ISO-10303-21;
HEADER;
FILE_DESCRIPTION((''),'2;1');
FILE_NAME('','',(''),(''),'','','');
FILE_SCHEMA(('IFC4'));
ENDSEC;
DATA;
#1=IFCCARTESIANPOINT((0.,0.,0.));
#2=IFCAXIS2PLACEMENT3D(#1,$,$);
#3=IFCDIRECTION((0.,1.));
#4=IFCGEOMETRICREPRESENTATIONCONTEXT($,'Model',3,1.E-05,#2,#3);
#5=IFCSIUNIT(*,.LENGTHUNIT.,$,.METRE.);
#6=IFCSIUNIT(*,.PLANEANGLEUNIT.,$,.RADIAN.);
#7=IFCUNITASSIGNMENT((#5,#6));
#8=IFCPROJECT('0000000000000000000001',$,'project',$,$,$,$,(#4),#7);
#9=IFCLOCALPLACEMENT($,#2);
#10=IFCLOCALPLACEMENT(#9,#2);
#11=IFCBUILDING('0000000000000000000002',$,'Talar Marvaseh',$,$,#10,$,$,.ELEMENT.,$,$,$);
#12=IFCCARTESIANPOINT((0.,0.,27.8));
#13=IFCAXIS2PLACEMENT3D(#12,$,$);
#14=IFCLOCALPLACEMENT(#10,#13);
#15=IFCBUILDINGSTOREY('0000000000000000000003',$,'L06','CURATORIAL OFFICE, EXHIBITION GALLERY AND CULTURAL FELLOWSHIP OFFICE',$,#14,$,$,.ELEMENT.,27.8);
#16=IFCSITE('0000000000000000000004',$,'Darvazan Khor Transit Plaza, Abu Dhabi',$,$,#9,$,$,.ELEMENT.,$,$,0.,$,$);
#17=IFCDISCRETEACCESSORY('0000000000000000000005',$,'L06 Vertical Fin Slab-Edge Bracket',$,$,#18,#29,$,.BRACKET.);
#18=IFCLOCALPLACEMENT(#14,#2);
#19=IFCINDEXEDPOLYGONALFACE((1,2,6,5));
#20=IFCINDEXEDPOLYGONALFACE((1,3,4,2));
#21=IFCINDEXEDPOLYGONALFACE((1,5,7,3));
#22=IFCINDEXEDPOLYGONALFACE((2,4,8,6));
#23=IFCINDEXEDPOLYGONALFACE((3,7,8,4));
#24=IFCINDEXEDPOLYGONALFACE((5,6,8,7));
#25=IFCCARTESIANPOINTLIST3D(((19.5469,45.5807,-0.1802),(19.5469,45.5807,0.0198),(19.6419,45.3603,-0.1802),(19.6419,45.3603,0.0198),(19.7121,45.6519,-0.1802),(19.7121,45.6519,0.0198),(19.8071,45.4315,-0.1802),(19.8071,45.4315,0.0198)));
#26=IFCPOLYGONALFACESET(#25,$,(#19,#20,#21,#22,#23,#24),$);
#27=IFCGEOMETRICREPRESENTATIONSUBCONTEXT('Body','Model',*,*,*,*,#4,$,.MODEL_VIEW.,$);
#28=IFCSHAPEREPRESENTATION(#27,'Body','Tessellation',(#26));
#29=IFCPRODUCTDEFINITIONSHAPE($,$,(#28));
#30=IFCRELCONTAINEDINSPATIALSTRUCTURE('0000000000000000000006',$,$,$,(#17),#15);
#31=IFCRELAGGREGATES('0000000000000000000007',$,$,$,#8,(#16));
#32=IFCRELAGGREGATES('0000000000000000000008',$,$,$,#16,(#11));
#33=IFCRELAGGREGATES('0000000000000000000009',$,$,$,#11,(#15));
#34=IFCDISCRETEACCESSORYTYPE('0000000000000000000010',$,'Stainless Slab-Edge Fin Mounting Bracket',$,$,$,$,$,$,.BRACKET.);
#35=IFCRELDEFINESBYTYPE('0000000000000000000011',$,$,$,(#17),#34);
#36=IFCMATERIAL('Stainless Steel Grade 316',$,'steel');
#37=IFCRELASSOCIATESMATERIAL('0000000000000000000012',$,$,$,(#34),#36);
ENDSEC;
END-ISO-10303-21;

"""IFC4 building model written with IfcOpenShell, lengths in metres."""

from ifc_helpers import new_model, si_unit, direction, frame, origin, origin_2d, place, context, subcontext, project, spatial, rectangle, extrude, source, transform, mapped, material, type_object, type_shapes, element, save


model = new_model("IFC4")

# Units and contexts
model_context = context("Model", 3, precision=1e-05, world=origin(), true_north=direction((0.0, 1.0)))
body_context = subcontext(model_context, "Body", "Model", "MODEL_VIEW")
ifc_project = project(units=[si_unit("LENGTHUNIT", "METRE"), si_unit("PLANEANGLEUNIT", "RADIAN")], contexts=[model_context])

# Site, building, storey
site_placement = place(None, origin())
site = spatial("IfcSite", under=ifc_project, at=site_placement, Name="Darvazan Khor Transit Plaza, Abu Dhabi", CompositionType="ELEMENT", RefElevation=0.0)
building_placement = place(site_placement, origin())
building = spatial("IfcBuilding", under=site, at=building_placement, Name="Talar Marvaseh", CompositionType="ELEMENT")
storey_placement = place(building_placement, frame((0.0, 0.0, 27.8)))
storey = spatial("IfcBuildingStorey", under=building, at=storey_placement, Name="L06", Description="CURATORIAL OFFICE, EXHIBITION GALLERY AND CULTURAL FELLOWSHIP OFFICE", CompositionType="ELEMENT", Elevation=27.8)

# Discrete accessory
ifc_material_1 = material(Name="Stainless Steel Grade 316", Category="steel")
discrete_accessory_type = type_object("IfcDiscreteAccessoryType", Name="Stainless Slab-Edge Fin Mounting Bracket", PredefinedType="BRACKET", material=ifc_material_1)
shared_shape_1 = source(origin(), body_context, "Body", "SweptSolid", [
    extrude(rectangle(XDim=0.24, YDim=0.1799, at=origin_2d()), origin(), (0.0, 0.0, 1.0), 0.2),
])
type_shapes(discrete_accessory_type, [shared_shape_1])
for number, where, z_axis, x_axis, name in (
    (1, (19.677, 45.5061, -0.1802), (0.0, 0.0, 1.0), (-0.395866, 0.918308, 0.0), "L06 Vertical Fin Slab-Edge Bracket"),
):
    element("IfcDiscreteAccessory", number, at=place(storey_placement, frame(where, z_axis=z_axis, x_axis=x_axis)), inside=storey, type_object=discrete_accessory_type, Name=name, PredefinedType="BRACKET", context=body_context, shape_type="MappedRepresentation", body=[
        mapped(shared_shape_1, transform((0.0, 0.0, 0.0), x_axis=(1.0, 0.0, 0.0), y_axis=(0.0, 1.0, 0.0), z_axis=(0.0, 0.0, 1.0), scale=1.0)),
    ])

save(model, "model.ifc")
